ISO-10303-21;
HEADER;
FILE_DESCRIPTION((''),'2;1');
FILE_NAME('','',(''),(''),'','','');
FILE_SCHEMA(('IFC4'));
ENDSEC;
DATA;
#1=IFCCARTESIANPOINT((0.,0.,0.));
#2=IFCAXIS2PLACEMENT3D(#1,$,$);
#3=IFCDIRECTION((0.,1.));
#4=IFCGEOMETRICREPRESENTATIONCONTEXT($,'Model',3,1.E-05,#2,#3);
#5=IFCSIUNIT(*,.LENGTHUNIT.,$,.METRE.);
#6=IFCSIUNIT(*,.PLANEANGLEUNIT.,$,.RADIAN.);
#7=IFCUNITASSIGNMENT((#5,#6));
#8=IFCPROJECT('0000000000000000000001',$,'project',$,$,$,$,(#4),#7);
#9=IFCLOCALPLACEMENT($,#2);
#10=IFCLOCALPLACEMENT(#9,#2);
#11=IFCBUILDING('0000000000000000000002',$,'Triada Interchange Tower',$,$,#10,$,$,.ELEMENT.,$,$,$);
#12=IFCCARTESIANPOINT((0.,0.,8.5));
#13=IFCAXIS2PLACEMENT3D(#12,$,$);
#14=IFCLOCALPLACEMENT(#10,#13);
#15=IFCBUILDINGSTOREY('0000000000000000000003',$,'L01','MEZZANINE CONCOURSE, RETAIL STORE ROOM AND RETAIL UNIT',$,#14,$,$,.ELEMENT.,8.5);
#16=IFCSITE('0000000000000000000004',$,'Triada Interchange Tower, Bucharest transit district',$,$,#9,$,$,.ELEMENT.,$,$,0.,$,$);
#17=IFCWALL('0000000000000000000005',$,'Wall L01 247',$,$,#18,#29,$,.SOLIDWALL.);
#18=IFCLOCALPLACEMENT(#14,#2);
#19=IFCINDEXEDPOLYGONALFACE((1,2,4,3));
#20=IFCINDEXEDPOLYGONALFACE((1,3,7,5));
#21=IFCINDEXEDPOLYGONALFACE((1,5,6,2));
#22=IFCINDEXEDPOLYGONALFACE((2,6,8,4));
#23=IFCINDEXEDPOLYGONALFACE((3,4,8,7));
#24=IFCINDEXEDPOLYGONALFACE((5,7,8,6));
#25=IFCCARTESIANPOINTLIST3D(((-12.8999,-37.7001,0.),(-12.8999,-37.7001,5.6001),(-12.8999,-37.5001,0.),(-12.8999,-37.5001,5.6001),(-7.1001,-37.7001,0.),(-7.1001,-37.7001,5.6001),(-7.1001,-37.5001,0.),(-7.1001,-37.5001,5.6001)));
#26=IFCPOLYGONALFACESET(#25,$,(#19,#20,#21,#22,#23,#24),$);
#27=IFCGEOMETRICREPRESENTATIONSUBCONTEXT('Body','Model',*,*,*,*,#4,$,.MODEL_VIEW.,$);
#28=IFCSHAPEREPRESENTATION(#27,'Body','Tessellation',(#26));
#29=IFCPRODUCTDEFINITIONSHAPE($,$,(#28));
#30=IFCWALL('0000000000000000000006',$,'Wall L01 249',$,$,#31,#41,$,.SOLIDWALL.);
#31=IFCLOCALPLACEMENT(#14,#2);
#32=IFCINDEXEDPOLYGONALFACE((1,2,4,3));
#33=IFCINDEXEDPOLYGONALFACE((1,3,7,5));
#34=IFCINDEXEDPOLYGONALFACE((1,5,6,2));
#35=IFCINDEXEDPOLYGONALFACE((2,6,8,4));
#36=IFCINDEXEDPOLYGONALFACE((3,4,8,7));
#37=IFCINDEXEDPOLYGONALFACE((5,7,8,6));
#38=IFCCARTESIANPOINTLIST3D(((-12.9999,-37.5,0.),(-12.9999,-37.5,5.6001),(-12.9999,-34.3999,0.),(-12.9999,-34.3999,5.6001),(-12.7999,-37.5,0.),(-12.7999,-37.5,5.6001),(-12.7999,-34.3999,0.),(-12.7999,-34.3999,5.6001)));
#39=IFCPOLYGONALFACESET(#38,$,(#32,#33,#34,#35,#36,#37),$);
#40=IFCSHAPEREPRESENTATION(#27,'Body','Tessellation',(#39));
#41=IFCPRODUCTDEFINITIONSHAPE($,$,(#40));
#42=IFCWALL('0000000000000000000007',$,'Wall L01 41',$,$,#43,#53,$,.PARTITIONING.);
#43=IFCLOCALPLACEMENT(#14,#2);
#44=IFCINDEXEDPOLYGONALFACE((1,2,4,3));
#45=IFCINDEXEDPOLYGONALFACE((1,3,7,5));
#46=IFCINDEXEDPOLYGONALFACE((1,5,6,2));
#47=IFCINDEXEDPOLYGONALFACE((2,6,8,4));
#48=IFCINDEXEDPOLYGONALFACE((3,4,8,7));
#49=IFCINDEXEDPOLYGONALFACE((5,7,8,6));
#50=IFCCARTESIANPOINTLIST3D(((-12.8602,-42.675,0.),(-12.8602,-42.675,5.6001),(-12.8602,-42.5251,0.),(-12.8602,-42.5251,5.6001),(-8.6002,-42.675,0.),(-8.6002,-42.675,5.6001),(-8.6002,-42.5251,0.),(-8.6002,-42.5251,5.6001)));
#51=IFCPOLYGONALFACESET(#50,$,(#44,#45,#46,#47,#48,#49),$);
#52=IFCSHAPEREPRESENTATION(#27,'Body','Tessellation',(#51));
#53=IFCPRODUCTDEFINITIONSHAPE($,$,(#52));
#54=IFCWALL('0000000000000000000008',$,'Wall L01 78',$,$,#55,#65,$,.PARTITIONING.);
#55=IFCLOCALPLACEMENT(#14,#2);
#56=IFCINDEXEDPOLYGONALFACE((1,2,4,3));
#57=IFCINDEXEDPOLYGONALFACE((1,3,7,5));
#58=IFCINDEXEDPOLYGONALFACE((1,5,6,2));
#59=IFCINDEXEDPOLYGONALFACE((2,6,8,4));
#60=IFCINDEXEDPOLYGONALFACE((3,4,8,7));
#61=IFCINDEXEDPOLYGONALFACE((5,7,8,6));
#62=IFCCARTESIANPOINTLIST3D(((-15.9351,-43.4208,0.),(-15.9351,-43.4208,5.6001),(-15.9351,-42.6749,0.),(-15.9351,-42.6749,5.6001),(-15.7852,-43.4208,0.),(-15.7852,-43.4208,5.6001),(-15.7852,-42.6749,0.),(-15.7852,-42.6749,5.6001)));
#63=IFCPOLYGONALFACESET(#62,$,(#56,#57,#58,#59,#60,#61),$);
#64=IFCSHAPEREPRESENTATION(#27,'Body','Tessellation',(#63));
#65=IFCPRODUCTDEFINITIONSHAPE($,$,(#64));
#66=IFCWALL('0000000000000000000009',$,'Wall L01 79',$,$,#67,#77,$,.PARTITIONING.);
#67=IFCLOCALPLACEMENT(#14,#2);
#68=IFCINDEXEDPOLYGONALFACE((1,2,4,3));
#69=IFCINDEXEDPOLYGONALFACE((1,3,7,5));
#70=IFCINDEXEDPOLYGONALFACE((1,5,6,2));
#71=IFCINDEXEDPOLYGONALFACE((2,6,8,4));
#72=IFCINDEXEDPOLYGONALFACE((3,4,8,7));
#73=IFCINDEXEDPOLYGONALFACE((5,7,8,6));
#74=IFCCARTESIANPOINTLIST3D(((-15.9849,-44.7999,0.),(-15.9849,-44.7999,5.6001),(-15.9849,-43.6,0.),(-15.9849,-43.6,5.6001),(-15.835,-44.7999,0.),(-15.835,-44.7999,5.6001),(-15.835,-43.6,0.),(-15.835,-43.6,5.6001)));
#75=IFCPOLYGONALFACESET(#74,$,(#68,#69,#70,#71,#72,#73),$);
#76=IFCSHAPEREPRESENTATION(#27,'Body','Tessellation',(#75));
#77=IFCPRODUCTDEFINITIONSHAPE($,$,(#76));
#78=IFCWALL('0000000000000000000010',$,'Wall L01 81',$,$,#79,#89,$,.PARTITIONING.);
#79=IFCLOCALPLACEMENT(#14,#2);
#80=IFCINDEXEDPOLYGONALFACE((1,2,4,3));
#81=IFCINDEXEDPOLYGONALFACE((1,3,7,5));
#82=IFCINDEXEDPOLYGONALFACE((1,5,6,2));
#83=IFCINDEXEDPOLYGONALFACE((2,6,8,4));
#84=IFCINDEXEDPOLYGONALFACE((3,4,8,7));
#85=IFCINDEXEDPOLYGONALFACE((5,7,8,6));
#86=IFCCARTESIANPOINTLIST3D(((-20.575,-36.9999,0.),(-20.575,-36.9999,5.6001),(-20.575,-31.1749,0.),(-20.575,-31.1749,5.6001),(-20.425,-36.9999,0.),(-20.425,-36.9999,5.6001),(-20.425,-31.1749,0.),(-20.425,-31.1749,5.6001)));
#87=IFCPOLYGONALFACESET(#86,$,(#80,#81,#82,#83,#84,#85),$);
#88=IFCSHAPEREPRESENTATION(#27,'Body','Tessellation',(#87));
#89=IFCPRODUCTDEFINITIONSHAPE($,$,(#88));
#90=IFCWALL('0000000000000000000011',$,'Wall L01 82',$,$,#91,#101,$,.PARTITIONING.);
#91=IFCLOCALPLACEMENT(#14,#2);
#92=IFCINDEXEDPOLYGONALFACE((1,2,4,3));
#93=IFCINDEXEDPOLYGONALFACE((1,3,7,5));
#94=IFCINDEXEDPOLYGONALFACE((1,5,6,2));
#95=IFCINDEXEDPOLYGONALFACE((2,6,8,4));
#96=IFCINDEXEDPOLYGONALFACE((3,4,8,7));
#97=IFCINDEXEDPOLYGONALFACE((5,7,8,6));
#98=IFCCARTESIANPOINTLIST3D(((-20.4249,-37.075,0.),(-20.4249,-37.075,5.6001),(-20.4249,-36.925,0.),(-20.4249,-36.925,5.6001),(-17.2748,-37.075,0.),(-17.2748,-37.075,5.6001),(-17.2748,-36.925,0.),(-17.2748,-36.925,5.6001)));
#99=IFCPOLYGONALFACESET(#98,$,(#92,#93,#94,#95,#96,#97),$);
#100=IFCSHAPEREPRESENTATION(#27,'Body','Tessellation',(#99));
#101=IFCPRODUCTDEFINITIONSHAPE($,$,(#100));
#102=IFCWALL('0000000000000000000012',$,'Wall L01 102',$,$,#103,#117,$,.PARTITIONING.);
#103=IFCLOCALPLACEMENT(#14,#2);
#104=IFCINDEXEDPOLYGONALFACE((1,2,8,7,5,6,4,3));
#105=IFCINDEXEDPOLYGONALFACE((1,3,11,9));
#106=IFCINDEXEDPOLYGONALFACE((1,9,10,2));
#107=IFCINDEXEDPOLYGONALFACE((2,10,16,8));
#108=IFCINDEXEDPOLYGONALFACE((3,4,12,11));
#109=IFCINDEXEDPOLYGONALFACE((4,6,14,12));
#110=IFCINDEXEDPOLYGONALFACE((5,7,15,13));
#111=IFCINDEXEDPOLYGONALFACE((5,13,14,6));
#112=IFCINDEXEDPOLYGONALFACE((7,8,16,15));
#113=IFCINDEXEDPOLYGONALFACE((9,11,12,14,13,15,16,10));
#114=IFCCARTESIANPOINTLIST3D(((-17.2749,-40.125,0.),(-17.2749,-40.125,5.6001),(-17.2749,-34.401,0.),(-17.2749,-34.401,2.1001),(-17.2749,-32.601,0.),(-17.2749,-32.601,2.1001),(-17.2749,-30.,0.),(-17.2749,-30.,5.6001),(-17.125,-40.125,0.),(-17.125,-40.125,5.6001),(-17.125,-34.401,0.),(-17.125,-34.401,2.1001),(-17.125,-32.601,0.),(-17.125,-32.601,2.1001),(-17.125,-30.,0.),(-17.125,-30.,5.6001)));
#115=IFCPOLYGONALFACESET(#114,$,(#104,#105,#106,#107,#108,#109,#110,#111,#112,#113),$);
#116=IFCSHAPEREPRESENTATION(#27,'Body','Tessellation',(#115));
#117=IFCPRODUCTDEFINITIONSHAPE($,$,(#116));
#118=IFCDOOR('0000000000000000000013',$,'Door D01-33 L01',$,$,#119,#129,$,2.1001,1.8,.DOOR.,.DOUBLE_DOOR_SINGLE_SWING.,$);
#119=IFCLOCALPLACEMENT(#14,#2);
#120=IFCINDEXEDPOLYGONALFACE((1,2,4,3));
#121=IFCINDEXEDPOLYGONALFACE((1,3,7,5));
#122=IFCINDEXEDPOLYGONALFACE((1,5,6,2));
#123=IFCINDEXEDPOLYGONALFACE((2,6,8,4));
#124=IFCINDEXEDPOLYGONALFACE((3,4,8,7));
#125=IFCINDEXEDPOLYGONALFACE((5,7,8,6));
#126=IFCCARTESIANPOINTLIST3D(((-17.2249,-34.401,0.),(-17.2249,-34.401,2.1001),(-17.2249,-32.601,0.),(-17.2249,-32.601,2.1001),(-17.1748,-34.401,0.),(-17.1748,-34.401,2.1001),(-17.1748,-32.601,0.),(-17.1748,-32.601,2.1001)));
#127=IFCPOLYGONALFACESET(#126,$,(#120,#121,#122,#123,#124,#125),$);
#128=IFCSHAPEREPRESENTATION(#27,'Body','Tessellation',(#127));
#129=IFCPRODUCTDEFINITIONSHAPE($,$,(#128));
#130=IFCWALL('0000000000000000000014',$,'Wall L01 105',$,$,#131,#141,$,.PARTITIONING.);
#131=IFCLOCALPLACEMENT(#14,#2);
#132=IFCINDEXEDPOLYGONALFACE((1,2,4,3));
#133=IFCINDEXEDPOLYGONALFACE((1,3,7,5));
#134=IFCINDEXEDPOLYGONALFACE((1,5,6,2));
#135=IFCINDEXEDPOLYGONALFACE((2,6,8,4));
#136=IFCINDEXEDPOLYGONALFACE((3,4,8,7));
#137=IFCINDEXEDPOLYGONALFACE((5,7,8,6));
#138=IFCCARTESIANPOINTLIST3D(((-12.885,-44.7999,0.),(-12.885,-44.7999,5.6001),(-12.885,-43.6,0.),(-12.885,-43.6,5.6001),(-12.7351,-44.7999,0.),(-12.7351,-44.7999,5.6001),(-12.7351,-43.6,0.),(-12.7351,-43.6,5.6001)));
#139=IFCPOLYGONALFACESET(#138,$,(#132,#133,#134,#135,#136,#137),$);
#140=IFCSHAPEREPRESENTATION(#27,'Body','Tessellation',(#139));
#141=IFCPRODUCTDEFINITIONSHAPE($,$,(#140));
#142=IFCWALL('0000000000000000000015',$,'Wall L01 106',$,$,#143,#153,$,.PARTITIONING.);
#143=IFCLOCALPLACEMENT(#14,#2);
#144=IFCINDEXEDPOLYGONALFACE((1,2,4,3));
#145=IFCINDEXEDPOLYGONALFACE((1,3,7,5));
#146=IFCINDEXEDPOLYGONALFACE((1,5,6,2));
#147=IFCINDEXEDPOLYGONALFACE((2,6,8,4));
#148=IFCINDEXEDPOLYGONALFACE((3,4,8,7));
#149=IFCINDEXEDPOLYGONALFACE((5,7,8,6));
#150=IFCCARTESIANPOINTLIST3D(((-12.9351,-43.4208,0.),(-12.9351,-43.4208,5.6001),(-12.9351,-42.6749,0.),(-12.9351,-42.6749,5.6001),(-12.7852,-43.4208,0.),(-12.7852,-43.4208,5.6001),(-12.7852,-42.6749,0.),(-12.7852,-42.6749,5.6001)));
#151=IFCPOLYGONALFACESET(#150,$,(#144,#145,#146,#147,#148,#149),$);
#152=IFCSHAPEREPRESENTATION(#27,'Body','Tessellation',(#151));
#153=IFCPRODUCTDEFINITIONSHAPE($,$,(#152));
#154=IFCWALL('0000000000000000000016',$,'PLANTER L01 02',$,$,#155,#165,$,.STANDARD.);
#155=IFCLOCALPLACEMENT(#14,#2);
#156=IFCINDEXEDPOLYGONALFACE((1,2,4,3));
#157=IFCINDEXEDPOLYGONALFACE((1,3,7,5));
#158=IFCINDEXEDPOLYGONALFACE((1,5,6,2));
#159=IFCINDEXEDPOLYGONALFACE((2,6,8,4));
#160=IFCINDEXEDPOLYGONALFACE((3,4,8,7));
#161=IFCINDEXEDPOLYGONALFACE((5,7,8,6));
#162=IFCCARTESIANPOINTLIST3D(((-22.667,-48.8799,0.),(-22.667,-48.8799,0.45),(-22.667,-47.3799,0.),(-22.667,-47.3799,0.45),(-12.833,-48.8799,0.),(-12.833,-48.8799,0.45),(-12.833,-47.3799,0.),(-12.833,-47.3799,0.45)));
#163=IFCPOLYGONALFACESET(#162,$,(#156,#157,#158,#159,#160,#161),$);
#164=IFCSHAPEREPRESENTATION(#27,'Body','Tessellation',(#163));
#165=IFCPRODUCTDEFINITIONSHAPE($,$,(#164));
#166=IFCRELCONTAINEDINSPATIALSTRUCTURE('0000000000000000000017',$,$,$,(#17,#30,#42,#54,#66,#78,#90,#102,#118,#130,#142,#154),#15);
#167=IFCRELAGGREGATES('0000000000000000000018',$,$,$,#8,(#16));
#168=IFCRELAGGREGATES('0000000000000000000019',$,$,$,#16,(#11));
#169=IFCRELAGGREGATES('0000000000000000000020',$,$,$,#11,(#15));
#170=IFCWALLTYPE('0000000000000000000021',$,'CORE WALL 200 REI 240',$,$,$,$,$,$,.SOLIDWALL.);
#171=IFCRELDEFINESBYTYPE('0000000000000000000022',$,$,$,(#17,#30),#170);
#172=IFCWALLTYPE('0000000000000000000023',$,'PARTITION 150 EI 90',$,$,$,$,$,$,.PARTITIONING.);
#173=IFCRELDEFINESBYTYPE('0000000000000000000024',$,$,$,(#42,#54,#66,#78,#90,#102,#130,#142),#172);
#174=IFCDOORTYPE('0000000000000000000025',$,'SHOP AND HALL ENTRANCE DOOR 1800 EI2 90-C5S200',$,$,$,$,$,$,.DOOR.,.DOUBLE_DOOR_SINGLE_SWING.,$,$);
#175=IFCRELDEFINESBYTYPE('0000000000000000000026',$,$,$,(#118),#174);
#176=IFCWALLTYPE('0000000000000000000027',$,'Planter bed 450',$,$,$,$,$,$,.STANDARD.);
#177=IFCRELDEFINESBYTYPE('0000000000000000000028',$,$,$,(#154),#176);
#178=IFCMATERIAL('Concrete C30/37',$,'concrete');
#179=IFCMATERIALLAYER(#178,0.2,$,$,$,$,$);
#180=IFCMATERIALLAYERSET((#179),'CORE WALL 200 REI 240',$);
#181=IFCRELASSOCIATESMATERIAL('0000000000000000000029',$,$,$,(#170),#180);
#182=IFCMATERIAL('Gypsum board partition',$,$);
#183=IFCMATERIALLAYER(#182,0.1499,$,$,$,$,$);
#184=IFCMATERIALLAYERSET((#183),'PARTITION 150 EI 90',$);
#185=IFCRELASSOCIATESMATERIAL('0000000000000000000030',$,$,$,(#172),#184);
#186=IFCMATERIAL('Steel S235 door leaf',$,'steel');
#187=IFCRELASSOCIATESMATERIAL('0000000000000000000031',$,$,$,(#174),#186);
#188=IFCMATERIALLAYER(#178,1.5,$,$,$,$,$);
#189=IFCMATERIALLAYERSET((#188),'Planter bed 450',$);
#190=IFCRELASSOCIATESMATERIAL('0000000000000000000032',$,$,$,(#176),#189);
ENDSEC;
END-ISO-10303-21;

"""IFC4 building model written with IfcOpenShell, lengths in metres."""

from ifc_helpers import new_model, si_unit, direction, frame, frame_2d, origin, place, context, subcontext, project, spatial, rectangle, extrude, material, layer, layer_set, type_object, element, fill, save


model = new_model("IFC4")

# Units and contexts
model_context = context("Model", 3, precision=1e-05, world=origin(), true_north=direction((0.0, 1.0)))
body_context = subcontext(model_context, "Body", "Model", "MODEL_VIEW")
ifc_project = project(units=[si_unit("LENGTHUNIT", "METRE"), si_unit("PLANEANGLEUNIT", "RADIAN")], contexts=[model_context])

# Site, building, storey
site_placement = place(None, origin())
site = spatial("IfcSite", under=ifc_project, at=site_placement, Name="Triada Interchange Tower, Bucharest transit district", CompositionType="ELEMENT", RefElevation=0.0)
building_placement = place(site_placement, origin())
building = spatial("IfcBuilding", under=site, at=building_placement, Name="Triada Interchange Tower", CompositionType="ELEMENT")
storey_placement = place(building_placement, frame((0.0, 0.0, 8.5)))
storey = spatial("IfcBuildingStorey", under=building, at=storey_placement, Name="L01", Description="MEZZANINE CONCOURSE, RETAIL STORE ROOM AND RETAIL UNIT", CompositionType="ELEMENT", Elevation=8.5)

# Walls
ifc_material_1 = material(Name="Concrete C30/37", Category="concrete")
ifc_layer_1 = layer(ifc_material_1, 0.2)
ifc_layer_set_1 = layer_set([ifc_layer_1], Name="CORE WALL 200 REI 240")
wall_type_1 = type_object("IfcWallType", Name="CORE WALL 200 REI 240", PredefinedType="SOLIDWALL", material=ifc_layer_set_1)
wall_1_placement = place(storey_placement, frame((-12.8999, -37.6001, 0.0), z_axis=(0.0, 0.0, 1.0), x_axis=(1.0, 0.0, 0.0)))
element("IfcWall", 1, at=wall_1_placement, inside=storey, type_object=wall_type_1, Name="Wall L01 247", PredefinedType="SOLIDWALL", context=body_context, shape_type="SweptSolid", body=[
    extrude(rectangle(XDim=5.7998, YDim=0.2, at=frame_2d((2.8999, 0.0))), origin(), (0.0, 0.0, 1.0), 5.6001),
])
wall_2_placement = place(storey_placement, frame((-12.8999, -37.5, 0.0), z_axis=(0.0, 0.0, 1.0), x_axis=(0.0, 1.0, 0.0)))
element("IfcWall", 2, at=wall_2_placement, inside=storey, type_object=wall_type_1, Name="Wall L01 249", PredefinedType="SOLIDWALL", context=body_context, shape_type="SweptSolid", body=[
    extrude(rectangle(XDim=3.1001, YDim=0.2, at=frame_2d((1.55, 0.0))), origin(), (0.0, 0.0, 1.0), 5.6001),
])

# Walls
ifc_material_2 = material(Name="Gypsum board partition")
ifc_layer_2 = layer(ifc_material_2, 0.1499)
ifc_layer_set_2 = layer_set([ifc_layer_2], Name="PARTITION 150 EI 90")
wall_type_2 = type_object("IfcWallType", Name="PARTITION 150 EI 90", PredefinedType="PARTITIONING", material=ifc_layer_set_2)
wall_3_placement = place(storey_placement, frame((-12.8601, -42.6001, 0.0), z_axis=(0.0, 0.0, 1.0), x_axis=(1.0, 0.0, 0.0)))
element("IfcWall", 3, at=wall_3_placement, inside=storey, type_object=wall_type_2, Name="Wall L01 41", PredefinedType="PARTITIONING", context=body_context, shape_type="SweptSolid", body=[
    extrude(rectangle(XDim=4.26, YDim=0.1499, at=frame_2d((2.1299, 0.0))), origin(), (0.0, 0.0, 1.0), 5.6001),
])
wall_4_placement = place(storey_placement, frame((-15.8601, -43.4209, 0.0), z_axis=(0.0, 0.0, 1.0), x_axis=(0.0, 1.0, 0.0)))
element("IfcWall", 4, at=wall_4_placement, inside=storey, type_object=wall_type_2, Name="Wall L01 78", PredefinedType="PARTITIONING", context=body_context, shape_type="SweptSolid", body=[
    extrude(rectangle(XDim=0.7458, YDim=0.1499, at=frame_2d((0.373, 0.0))), origin(), (0.0, 0.0, 1.0), 5.6001),
])
wall_5_placement = place(storey_placement, frame((-15.9099, -44.8, 0.0), z_axis=(0.0, 0.0, 1.0), x_axis=(0.0, 1.0, 0.0)))
element("IfcWall", 5, at=wall_5_placement, inside=storey, type_object=wall_type_2, Name="Wall L01 79", PredefinedType="PARTITIONING", context=body_context, shape_type="SweptSolid", body=[
    extrude(rectangle(XDim=1.2, YDim=0.1499, at=frame_2d((0.6001, 0.0))), origin(), (0.0, 0.0, 1.0), 5.6001),
])
wall_6_placement = place(storey_placement, frame((-20.5, -37.0, 0.0), z_axis=(0.0, 0.0, 1.0), x_axis=(0.0, 1.0, 0.0)))
element("IfcWall", 6, at=wall_6_placement, inside=storey, type_object=wall_type_2, Name="Wall L01 81", PredefinedType="PARTITIONING", context=body_context, shape_type="SweptSolid", body=[
    extrude(rectangle(XDim=5.825, YDim=0.1499, at=frame_2d((2.9126, 0.0))), origin(), (0.0, 0.0, 1.0), 5.6001),
])
wall_7_placement = place(storey_placement, frame((-20.425, -37.0, 0.0), z_axis=(0.0, 0.0, 1.0), x_axis=(1.0, 0.0, 0.0)))
element("IfcWall", 7, at=wall_7_placement, inside=storey, type_object=wall_type_2, Name="Wall L01 82", PredefinedType="PARTITIONING", context=body_context, shape_type="SweptSolid", body=[
    extrude(rectangle(XDim=3.1501, YDim=0.1499, at=frame_2d((1.5752, 0.0))), origin(), (0.0, 0.0, 1.0), 5.6001),
])

# Wall, opening, door
wall_8_placement = place(storey_placement, frame((-17.2, -40.125, 0.0), z_axis=(0.0, 0.0, 1.0), x_axis=(0.0, 1.0, 0.0)))
wall_8 = element("IfcWall", 8, at=wall_8_placement, inside=storey, type_object=wall_type_2, Name="Wall L01 102", PredefinedType="PARTITIONING", context=body_context, shape_type="SweptSolid", body=[
    extrude(rectangle(XDim=10.125, YDim=0.1499, at=frame_2d((5.0625, 0.0))), origin(), (0.0, 0.0, 1.0), 5.6001),
])
opening_1_placement = place(wall_8_placement, frame((5.7241, 0.0, 0.0)))
opening_1 = element("IfcOpeningElement", 9, at=opening_1_placement, cuts=wall_8, PredefinedType="OPENING", context=body_context, shape_type="SweptSolid", body=[
    extrude(rectangle(XDim=1.8, YDim=2.1001, at=frame_2d((0.8999, 1.05))), frame((0.0, 0.085, 0.0), z_axis=(0.0, -1.0, 0.0), x_axis=(1.0, 0.0, 0.0)), (0.0, 0.0, 1.0), 0.1699),
])
ifc_material_3 = material(Name="Steel S235 door leaf", Category="steel")
door_type_1 = type_object("IfcDoorType", Name="SHOP AND HALL ENTRANCE DOOR 1800 EI2 90-C5S200", OperationType="DOUBLE_DOOR_SINGLE_SWING", PredefinedType="DOOR", material=ifc_material_3)
door_1_placement = place(opening_1_placement, origin())
door_1 = element("IfcDoor", 10, at=door_1_placement, inside=storey, type_object=door_type_1, Name="Door D01-33 L01", OperationType="DOUBLE_DOOR_SINGLE_SWING", OverallHeight=2.1001, OverallWidth=1.8, PredefinedType="DOOR", context=body_context, shape_type="SweptSolid", body=[
    extrude(rectangle(XDim=1.8, YDim=2.1001, at=frame_2d((0.8999, 1.05))), frame((0.0, 0.0249, 0.0), z_axis=(0.0, -1.0, 0.0), x_axis=(1.0, 0.0, 0.0)), (0.0, 0.0, 1.0), 0.05),
])
fill(opening_1, door_1)

# Walls
wall_9_placement = place(storey_placement, frame((-12.8101, -44.8, 0.0), z_axis=(0.0, 0.0, 1.0), x_axis=(0.0, 1.0, 0.0)))
element("IfcWall", 11, at=wall_9_placement, inside=storey, type_object=wall_type_2, Name="Wall L01 105", PredefinedType="PARTITIONING", context=body_context, shape_type="SweptSolid", body=[
    extrude(rectangle(XDim=1.2, YDim=0.1499, at=frame_2d((0.6001, 0.0))), origin(), (0.0, 0.0, 1.0), 5.6001),
])
wall_10_placement = place(storey_placement, frame((-12.8601, -43.4209, 0.0), z_axis=(0.0, 0.0, 1.0), x_axis=(0.0, 1.0, 0.0)))
element("IfcWall", 12, at=wall_10_placement, inside=storey, type_object=wall_type_2, Name="Wall L01 106", PredefinedType="PARTITIONING", context=body_context, shape_type="SweptSolid", body=[
    extrude(rectangle(XDim=0.7458, YDim=0.1499, at=frame_2d((0.373, 0.0))), origin(), (0.0, 0.0, 1.0), 5.6001),
])
ifc_layer_3 = layer(ifc_material_1, 1.5)
ifc_layer_set_3 = layer_set([ifc_layer_3], Name="Planter bed 450")
wall_type_3 = type_object("IfcWallType", Name="Planter bed 450", PredefinedType="STANDARD", material=ifc_layer_set_3)
wall_11_placement = place(storey_placement, frame((-22.667, -48.1299, 0.0), z_axis=(0.0, 0.0, 1.0), x_axis=(1.0, 0.0, 0.0)))
element("IfcWall", 13, at=wall_11_placement, inside=storey, type_object=wall_type_3, Name="PLANTER L01 02", PredefinedType="STANDARD", context=body_context, shape_type="SweptSolid", body=[
    extrude(rectangle(XDim=9.834, YDim=1.5, at=frame_2d((4.917, 0.0))), origin(), (0.0, 0.0, 1.0), 0.45),
])

save(model, "model.ifc")
